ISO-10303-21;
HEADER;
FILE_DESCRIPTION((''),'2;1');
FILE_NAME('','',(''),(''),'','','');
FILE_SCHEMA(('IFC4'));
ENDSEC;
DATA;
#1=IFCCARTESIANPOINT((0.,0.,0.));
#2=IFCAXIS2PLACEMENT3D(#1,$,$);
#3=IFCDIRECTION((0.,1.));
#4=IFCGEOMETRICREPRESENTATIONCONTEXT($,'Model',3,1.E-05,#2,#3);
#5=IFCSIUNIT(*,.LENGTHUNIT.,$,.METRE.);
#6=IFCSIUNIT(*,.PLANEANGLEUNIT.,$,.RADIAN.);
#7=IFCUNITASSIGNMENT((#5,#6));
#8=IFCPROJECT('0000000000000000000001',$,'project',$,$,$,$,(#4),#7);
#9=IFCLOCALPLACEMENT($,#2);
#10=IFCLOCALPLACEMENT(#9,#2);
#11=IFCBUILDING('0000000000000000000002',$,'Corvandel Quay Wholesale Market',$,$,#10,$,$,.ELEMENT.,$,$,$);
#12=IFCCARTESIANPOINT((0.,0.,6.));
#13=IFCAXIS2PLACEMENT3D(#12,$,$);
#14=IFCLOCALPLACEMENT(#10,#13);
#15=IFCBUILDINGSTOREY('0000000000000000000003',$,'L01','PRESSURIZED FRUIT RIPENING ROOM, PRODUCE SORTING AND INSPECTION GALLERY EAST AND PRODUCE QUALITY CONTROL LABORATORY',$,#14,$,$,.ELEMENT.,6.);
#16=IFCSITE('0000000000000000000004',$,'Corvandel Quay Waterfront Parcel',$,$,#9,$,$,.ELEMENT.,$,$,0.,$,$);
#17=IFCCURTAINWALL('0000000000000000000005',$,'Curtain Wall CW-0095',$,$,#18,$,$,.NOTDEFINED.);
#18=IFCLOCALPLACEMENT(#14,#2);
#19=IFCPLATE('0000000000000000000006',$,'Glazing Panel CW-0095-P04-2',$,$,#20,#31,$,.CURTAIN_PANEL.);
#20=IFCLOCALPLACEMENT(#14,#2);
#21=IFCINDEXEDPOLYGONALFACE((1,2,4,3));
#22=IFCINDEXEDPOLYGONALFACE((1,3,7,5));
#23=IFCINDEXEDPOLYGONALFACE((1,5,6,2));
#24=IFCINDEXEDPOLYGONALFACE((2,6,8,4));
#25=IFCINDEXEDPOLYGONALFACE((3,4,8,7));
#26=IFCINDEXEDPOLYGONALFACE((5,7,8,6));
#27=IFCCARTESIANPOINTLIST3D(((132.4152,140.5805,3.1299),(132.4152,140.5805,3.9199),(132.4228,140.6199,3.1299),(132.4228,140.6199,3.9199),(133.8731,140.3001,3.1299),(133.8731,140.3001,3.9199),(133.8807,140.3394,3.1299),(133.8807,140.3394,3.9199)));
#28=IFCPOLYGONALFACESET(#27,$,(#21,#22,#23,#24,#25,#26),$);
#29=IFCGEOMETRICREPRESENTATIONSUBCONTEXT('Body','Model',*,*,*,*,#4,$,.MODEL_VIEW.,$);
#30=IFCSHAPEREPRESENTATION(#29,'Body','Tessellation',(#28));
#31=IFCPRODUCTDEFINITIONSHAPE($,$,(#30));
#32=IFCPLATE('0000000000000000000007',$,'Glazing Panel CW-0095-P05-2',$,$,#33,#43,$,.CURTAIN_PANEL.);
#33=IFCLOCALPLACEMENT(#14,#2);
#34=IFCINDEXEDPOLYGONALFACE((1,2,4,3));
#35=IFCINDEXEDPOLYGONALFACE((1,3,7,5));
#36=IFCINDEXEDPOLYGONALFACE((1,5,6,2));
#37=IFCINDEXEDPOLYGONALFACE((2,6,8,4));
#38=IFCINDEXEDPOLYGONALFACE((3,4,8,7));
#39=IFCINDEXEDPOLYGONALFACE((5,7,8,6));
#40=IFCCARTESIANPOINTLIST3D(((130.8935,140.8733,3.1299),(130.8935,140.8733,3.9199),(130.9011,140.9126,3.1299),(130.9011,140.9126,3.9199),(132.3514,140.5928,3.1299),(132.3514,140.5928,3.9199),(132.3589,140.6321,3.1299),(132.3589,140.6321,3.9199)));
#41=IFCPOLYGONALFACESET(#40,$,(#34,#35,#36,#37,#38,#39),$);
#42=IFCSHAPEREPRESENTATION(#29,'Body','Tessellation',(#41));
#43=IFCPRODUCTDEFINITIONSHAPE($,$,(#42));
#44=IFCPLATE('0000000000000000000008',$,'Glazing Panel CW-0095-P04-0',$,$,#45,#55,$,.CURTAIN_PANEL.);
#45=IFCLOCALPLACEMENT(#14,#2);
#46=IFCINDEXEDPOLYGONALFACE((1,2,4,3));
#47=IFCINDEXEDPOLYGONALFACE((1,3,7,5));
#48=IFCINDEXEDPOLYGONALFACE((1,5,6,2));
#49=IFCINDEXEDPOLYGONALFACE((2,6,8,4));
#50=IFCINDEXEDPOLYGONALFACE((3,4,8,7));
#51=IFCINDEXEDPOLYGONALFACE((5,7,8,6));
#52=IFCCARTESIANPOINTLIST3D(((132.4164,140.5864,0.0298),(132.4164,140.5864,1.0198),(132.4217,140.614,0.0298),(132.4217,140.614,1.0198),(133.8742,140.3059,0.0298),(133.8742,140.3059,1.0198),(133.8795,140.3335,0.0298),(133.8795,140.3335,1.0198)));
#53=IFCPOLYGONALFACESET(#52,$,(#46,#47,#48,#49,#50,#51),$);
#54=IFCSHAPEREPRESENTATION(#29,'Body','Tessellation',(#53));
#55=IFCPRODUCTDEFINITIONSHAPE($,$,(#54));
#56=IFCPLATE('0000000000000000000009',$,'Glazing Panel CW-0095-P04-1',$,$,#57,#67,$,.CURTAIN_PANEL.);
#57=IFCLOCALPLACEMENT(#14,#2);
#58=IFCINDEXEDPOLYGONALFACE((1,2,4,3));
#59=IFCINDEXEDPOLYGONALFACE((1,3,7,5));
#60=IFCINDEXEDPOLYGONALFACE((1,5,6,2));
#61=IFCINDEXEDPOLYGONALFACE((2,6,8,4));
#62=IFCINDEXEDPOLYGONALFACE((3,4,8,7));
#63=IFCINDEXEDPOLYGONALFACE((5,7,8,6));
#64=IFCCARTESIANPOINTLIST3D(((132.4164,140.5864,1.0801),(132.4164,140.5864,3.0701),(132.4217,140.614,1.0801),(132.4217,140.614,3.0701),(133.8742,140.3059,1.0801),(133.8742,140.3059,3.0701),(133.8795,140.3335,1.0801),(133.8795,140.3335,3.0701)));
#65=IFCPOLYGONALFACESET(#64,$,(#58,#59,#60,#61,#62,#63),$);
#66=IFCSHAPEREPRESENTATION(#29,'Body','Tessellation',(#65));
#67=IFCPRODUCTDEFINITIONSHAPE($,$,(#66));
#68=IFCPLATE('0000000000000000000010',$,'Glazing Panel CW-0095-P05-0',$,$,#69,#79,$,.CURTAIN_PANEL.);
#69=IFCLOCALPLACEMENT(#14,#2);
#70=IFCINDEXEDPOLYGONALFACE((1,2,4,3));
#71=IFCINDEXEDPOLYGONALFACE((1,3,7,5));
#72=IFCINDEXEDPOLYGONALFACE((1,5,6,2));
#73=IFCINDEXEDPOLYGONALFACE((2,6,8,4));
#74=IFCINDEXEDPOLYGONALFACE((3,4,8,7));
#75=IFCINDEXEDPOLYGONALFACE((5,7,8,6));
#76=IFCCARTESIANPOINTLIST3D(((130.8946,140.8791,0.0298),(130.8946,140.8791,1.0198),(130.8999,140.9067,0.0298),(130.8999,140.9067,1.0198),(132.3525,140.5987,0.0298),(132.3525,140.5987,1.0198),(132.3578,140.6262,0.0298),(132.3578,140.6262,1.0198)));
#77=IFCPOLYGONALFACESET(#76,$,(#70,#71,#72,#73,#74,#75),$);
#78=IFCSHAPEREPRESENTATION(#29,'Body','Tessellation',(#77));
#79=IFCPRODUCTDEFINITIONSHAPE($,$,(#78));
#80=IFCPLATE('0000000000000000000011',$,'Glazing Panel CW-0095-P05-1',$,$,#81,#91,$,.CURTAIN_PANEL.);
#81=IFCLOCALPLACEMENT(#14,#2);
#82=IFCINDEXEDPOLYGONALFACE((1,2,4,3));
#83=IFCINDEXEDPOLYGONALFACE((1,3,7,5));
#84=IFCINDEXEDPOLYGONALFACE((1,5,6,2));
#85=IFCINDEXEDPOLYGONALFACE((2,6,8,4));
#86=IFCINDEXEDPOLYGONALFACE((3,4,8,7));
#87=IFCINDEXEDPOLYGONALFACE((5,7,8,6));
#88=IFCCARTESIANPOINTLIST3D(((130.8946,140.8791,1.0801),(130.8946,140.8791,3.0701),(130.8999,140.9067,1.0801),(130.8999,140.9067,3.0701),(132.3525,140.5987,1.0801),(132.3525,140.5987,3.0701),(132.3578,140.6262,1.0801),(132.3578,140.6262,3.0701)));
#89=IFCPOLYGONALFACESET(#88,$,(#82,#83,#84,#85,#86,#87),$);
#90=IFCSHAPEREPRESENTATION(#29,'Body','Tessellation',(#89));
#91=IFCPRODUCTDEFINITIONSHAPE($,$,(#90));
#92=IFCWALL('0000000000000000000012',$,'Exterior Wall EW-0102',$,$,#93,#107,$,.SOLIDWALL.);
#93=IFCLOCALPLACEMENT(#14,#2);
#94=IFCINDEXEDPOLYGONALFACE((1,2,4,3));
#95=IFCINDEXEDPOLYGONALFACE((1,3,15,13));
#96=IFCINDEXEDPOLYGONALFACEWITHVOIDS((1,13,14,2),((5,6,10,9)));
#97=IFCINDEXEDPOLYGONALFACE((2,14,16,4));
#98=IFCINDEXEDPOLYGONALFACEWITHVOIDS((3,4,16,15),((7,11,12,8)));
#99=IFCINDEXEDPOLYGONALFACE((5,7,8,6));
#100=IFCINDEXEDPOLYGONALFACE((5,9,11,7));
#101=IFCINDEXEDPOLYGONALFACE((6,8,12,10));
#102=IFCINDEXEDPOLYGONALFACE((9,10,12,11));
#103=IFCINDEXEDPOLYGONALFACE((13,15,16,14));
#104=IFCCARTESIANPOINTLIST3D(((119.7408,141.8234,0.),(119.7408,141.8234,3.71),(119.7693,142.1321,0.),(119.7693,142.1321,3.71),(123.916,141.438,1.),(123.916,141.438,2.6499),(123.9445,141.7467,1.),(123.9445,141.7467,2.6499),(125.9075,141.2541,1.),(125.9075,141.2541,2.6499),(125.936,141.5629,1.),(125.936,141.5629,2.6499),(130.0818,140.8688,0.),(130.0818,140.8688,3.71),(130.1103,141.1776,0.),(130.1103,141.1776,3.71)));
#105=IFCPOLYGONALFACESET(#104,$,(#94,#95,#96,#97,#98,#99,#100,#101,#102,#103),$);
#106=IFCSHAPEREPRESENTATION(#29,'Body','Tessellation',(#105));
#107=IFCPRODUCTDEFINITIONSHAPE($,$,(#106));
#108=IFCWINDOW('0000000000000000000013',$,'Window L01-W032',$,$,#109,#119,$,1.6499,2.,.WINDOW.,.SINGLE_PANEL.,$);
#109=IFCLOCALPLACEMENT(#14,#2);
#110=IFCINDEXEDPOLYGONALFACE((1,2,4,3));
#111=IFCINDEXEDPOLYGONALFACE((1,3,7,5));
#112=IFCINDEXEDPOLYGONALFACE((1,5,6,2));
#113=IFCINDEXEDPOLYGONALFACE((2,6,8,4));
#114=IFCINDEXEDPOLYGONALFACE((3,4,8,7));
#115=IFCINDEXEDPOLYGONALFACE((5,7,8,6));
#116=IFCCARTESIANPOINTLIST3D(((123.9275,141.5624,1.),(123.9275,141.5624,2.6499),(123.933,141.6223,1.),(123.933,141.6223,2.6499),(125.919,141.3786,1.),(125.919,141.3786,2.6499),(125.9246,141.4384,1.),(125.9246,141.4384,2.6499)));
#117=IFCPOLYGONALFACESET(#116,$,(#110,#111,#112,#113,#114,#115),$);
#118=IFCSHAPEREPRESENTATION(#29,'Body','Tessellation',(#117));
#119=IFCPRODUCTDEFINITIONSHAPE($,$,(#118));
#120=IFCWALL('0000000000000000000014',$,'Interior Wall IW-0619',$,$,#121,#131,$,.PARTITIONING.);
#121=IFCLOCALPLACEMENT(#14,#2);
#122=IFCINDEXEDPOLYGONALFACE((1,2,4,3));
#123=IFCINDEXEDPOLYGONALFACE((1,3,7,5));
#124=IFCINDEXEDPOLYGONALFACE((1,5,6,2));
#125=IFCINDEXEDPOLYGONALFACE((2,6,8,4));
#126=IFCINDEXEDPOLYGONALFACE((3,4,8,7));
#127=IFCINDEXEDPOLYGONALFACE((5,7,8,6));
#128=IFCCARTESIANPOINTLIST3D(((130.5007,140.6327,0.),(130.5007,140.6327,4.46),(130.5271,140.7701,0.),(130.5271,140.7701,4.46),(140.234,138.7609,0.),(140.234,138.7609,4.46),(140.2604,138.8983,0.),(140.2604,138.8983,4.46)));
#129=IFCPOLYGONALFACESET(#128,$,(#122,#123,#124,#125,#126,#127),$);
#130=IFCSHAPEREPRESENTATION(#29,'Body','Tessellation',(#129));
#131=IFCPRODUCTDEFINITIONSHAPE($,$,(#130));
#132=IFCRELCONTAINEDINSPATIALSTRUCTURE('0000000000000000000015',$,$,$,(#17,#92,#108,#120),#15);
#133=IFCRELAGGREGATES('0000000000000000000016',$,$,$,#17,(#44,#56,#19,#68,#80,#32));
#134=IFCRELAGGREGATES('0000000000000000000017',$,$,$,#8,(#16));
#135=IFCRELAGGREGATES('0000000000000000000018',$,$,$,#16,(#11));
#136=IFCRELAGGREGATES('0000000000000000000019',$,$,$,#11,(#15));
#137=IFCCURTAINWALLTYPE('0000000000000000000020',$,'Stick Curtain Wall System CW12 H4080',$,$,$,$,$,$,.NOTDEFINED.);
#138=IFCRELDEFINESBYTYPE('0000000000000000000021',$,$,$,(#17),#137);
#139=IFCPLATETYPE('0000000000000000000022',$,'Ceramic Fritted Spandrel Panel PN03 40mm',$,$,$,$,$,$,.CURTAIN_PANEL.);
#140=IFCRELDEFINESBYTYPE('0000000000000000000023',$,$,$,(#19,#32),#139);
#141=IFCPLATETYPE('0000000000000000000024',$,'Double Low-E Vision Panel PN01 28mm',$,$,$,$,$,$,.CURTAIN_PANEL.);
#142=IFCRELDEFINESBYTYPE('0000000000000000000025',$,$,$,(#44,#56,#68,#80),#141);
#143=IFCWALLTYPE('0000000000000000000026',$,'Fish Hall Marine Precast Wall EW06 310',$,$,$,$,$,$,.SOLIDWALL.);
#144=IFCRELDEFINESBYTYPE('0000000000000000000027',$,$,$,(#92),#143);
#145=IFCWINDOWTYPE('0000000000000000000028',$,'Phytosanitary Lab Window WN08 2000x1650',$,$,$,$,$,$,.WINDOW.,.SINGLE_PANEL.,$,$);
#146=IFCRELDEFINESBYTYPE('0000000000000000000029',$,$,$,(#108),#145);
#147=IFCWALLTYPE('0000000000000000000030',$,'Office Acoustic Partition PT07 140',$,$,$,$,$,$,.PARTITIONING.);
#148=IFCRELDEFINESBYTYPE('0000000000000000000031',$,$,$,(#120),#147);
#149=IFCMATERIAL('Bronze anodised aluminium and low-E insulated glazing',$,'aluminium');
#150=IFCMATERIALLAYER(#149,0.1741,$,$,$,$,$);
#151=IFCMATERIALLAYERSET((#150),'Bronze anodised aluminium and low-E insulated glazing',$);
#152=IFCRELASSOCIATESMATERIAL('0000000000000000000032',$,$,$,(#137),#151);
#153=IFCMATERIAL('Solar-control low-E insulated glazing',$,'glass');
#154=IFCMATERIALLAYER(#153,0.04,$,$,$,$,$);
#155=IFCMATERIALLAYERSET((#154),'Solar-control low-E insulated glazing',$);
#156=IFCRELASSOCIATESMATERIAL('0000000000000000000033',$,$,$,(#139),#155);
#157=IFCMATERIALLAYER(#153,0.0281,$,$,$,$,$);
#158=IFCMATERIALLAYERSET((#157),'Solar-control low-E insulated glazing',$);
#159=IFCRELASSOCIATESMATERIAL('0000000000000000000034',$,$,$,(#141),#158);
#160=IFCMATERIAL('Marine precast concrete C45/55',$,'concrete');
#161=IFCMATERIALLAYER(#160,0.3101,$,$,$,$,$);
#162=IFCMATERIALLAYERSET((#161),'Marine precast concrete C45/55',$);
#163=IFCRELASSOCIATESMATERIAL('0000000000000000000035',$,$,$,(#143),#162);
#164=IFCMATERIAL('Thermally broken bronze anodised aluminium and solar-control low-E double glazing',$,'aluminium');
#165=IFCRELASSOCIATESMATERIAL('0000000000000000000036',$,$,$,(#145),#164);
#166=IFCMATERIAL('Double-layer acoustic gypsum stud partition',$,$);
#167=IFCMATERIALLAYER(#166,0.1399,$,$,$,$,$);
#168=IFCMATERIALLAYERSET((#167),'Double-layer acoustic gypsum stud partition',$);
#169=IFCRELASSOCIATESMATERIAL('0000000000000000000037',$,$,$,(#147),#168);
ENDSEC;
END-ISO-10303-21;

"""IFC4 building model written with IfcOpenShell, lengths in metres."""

from ifc_helpers import new_model, si_unit, direction, frame, frame_2d, origin, origin_2d, place, context, subcontext, project, spatial, rectangle, extrude, material, layer, layer_set, type_object, element, fill, aggregate, save


model = new_model("IFC4")

# Units and contexts
model_context = context("Model", 3, precision=1e-05, world=origin(), true_north=direction((0.0, 1.0)))
body_context = subcontext(model_context, "Body", "Model", "MODEL_VIEW")
ifc_project = project(units=[si_unit("LENGTHUNIT", "METRE"), si_unit("PLANEANGLEUNIT", "RADIAN")], contexts=[model_context])

# Site, building, storey
site_placement = place(None, origin())
site = spatial("IfcSite", under=ifc_project, at=site_placement, Name="Corvandel Quay Waterfront Parcel", CompositionType="ELEMENT", RefElevation=0.0)
building_placement = place(site_placement, origin())
building = spatial("IfcBuilding", under=site, at=building_placement, Name="Corvandel Quay Wholesale Market", CompositionType="ELEMENT")
storey_placement = place(building_placement, frame((0.0, 0.0, 6.0)))
storey = spatial("IfcBuildingStorey", under=building, at=storey_placement, Name="L01", Description="PRESSURIZED FRUIT RIPENING ROOM, PRODUCE SORTING AND INSPECTION GALLERY EAST AND PRODUCE QUALITY CONTROL LABORATORY", CompositionType="ELEMENT", Elevation=6.0)

# Curtain wall
ifc_material_1 = material(Name="Bronze anodised aluminium and low-E insulated glazing", Category="aluminium")
ifc_layer_1 = layer(ifc_material_1, 0.1741)
ifc_layer_set_1 = layer_set([ifc_layer_1], Name="Bronze anodised aluminium and low-E insulated glazing")
curtain_wall_type = type_object("IfcCurtainWallType", Name="Stick Curtain Wall System CW12 H4080", PredefinedType="NOTDEFINED", material=ifc_layer_set_1)
curtain_wall_placement = place(storey_placement, origin())
curtain_wall = element("IfcCurtainWall", 1, at=curtain_wall_placement, inside=storey, type_object=curtain_wall_type, Name="Curtain Wall CW-0095", PredefinedType="NOTDEFINED")

# Plates
ifc_material_2 = material(Name="Solar-control low-E insulated glazing", Category="glass")
ifc_layer_2 = layer(ifc_material_2, 0.04)
ifc_layer_set_2 = layer_set([ifc_layer_2], Name="Solar-control low-E insulated glazing")
plate_type_1 = type_object("IfcPlateType", Name="Ceramic Fritted Spandrel Panel PN03 40mm", PredefinedType="CURTAIN_PANEL", material=ifc_layer_set_2)
plate_1_placement = place(storey_placement, frame((133.1479, 140.46, 3.1299), z_axis=(0.0, 0.0, 1.0), x_axis=(-0.981992, 0.188924, 0.0)))
plate_1 = element("IfcPlate", 2, at=plate_1_placement, type_object=plate_type_1, Name="Glazing Panel CW-0095-P04-2", PredefinedType="CURTAIN_PANEL", context=body_context, shape_type="SweptSolid", body=[
    extrude(rectangle(XDim=1.4846, YDim=0.04, at=origin_2d()), origin(), (0.0, 0.0, 1.0), 0.79),
])
plate_2_placement = place(storey_placement, frame((131.6262, 140.7527, 3.1299), z_axis=(0.0, 0.0, 1.0), x_axis=(-0.981992, 0.188924, 0.0)))
plate_2 = element("IfcPlate", 3, at=plate_2_placement, type_object=plate_type_1, Name="Glazing Panel CW-0095-P05-2", PredefinedType="CURTAIN_PANEL", context=body_context, shape_type="SweptSolid", body=[
    extrude(rectangle(XDim=1.4846, YDim=0.04, at=origin_2d()), origin(), (0.0, 0.0, 1.0), 0.79),
])
ifc_layer_3 = layer(ifc_material_2, 0.0281)
ifc_layer_set_3 = layer_set([ifc_layer_3], Name="Solar-control low-E insulated glazing")
plate_type_2 = type_object("IfcPlateType", Name="Double Low-E Vision Panel PN01 28mm", PredefinedType="CURTAIN_PANEL", material=ifc_layer_set_3)
plate_3_placement = place(storey_placement, frame((133.1479, 140.46, 0.0298), z_axis=(0.0, 0.0, 1.0), x_axis=(-0.981992, 0.188924, 0.0)))
plate_3 = element("IfcPlate", 4, at=plate_3_placement, type_object=plate_type_2, Name="Glazing Panel CW-0095-P04-0", PredefinedType="CURTAIN_PANEL", context=body_context, shape_type="SweptSolid", body=[
    extrude(rectangle(XDim=1.4846, YDim=0.0281, at=origin_2d()), origin(), (0.0, 0.0, 1.0), 0.99),
])
plate_4_placement = place(storey_placement, frame((133.1479, 140.46, 1.0801), z_axis=(0.0, 0.0, 1.0), x_axis=(-0.981992, 0.188924, 0.0)))
plate_4 = element("IfcPlate", 5, at=plate_4_placement, type_object=plate_type_2, Name="Glazing Panel CW-0095-P04-1", PredefinedType="CURTAIN_PANEL", context=body_context, shape_type="SweptSolid", body=[
    extrude(rectangle(XDim=1.4846, YDim=0.0281, at=origin_2d()), origin(), (0.0, 0.0, 1.0), 1.99),
])
plate_5_placement = place(storey_placement, frame((131.6262, 140.7527, 0.0298), z_axis=(0.0, 0.0, 1.0), x_axis=(-0.981992, 0.188924, 0.0)))
plate_5 = element("IfcPlate", 6, at=plate_5_placement, type_object=plate_type_2, Name="Glazing Panel CW-0095-P05-0", PredefinedType="CURTAIN_PANEL", context=body_context, shape_type="SweptSolid", body=[
    extrude(rectangle(XDim=1.4846, YDim=0.0281, at=origin_2d()), origin(), (0.0, 0.0, 1.0), 0.99),
])
plate_6_placement = place(storey_placement, frame((131.6262, 140.7527, 1.0801), z_axis=(0.0, 0.0, 1.0), x_axis=(-0.981992, 0.188924, 0.0)))
plate_6 = element("IfcPlate", 7, at=plate_6_placement, type_object=plate_type_2, Name="Glazing Panel CW-0095-P05-1", PredefinedType="CURTAIN_PANEL", context=body_context, shape_type="SweptSolid", body=[
    extrude(rectangle(XDim=1.4846, YDim=0.0281, at=origin_2d()), origin(), (0.0, 0.0, 1.0), 1.99),
])
aggregate(curtain_wall, [plate_3, plate_4, plate_1, plate_5, plate_6, plate_2])

# Wall, opening, window
ifc_material_3 = material(Name="Marine precast concrete C45/55", Category="concrete")
ifc_layer_4 = layer(ifc_material_3, 0.3101)
ifc_layer_set_4 = layer_set([ifc_layer_4], Name="Marine precast concrete C45/55")
wall_type_1 = type_object("IfcWallType", Name="Fish Hall Marine Precast Wall EW06 310", PredefinedType="SOLIDWALL", material=ifc_layer_set_4)
wall_1_placement = place(storey_placement, frame((130.0959, 141.0232, 0.0), z_axis=(0.0, 0.0, 1.0), x_axis=(-0.995766, 0.09192, 0.0)))
wall_1 = element("IfcWall", 8, at=wall_1_placement, inside=storey, type_object=wall_type_1, Name="Exterior Wall EW-0102", PredefinedType="SOLIDWALL", context=body_context, shape_type="SweptSolid", body=[
    extrude(rectangle(XDim=10.385, YDim=0.3101, at=frame_2d((5.1924, 0.0))), origin(), (0.0, 0.0, 1.0), 3.71),
])
opening_placement = place(wall_1_placement, frame((4.1919, 0.0, 1.0)))
opening = element("IfcOpeningElement", 9, at=opening_placement, cuts=wall_1, PredefinedType="OPENING", context=body_context, shape_type="SweptSolid", body=[
    extrude(rectangle(XDim=2.0, YDim=1.6499, at=frame_2d((1.0, 0.825))), frame((0.0, 0.165, 0.0), z_axis=(0.0, -1.0, 0.0), x_axis=(1.0, 0.0, 0.0)), (0.0, 0.0, 1.0), 0.3301),
])
ifc_material_4 = material(Name="Thermally broken bronze anodised aluminium and solar-control low-E double glazing", Category="aluminium")
window_type = type_object("IfcWindowType", Name="Phytosanitary Lab Window WN08 2000x1650", PartitioningType="SINGLE_PANEL", PredefinedType="WINDOW", material=ifc_material_4)
window_placement = place(opening_placement, origin())
window = element("IfcWindow", 10, at=window_placement, inside=storey, type_object=window_type, Name="Window L01-W032", OverallHeight=1.6499, OverallWidth=2.0, PartitioningType="SINGLE_PANEL", PredefinedType="WINDOW", context=body_context, shape_type="SweptSolid", body=[
    extrude(rectangle(XDim=2.0, YDim=1.6499, at=frame_2d((1.0, 0.825))), frame((0.0, 0.03, 0.0), z_axis=(0.0, -1.0, 0.0), x_axis=(1.0, 0.0, 0.0)), (0.0, 0.0, 1.0), 0.0601),
])
fill(opening, window)

# Wall
ifc_material_5 = material(Name="Double-layer acoustic gypsum stud partition")
ifc_layer_5 = layer(ifc_material_5, 0.1399)
ifc_layer_set_5 = layer_set([ifc_layer_5], Name="Double-layer acoustic gypsum stud partition")
wall_type_2 = type_object("IfcWallType", Name="Office Acoustic Partition PT07 140", PredefinedType="PARTITIONING", material=ifc_layer_set_5)
wall_2_placement = place(storey_placement, frame((130.5139, 140.7014, 0.0), z_axis=(0.0, 0.0, 1.0), x_axis=(0.982005, -0.188854, 0.0)))
element("IfcWall", 11, at=wall_2_placement, inside=storey, type_object=wall_type_2, Name="Interior Wall IW-0619", PredefinedType="PARTITIONING", context=body_context, shape_type="SweptSolid", body=[
    extrude(rectangle(XDim=9.9116, YDim=0.1399, at=frame_2d((4.9558, 0.0))), origin(), (0.0, 0.0, 1.0), 4.46),
])

save(model, "model.ifc")
